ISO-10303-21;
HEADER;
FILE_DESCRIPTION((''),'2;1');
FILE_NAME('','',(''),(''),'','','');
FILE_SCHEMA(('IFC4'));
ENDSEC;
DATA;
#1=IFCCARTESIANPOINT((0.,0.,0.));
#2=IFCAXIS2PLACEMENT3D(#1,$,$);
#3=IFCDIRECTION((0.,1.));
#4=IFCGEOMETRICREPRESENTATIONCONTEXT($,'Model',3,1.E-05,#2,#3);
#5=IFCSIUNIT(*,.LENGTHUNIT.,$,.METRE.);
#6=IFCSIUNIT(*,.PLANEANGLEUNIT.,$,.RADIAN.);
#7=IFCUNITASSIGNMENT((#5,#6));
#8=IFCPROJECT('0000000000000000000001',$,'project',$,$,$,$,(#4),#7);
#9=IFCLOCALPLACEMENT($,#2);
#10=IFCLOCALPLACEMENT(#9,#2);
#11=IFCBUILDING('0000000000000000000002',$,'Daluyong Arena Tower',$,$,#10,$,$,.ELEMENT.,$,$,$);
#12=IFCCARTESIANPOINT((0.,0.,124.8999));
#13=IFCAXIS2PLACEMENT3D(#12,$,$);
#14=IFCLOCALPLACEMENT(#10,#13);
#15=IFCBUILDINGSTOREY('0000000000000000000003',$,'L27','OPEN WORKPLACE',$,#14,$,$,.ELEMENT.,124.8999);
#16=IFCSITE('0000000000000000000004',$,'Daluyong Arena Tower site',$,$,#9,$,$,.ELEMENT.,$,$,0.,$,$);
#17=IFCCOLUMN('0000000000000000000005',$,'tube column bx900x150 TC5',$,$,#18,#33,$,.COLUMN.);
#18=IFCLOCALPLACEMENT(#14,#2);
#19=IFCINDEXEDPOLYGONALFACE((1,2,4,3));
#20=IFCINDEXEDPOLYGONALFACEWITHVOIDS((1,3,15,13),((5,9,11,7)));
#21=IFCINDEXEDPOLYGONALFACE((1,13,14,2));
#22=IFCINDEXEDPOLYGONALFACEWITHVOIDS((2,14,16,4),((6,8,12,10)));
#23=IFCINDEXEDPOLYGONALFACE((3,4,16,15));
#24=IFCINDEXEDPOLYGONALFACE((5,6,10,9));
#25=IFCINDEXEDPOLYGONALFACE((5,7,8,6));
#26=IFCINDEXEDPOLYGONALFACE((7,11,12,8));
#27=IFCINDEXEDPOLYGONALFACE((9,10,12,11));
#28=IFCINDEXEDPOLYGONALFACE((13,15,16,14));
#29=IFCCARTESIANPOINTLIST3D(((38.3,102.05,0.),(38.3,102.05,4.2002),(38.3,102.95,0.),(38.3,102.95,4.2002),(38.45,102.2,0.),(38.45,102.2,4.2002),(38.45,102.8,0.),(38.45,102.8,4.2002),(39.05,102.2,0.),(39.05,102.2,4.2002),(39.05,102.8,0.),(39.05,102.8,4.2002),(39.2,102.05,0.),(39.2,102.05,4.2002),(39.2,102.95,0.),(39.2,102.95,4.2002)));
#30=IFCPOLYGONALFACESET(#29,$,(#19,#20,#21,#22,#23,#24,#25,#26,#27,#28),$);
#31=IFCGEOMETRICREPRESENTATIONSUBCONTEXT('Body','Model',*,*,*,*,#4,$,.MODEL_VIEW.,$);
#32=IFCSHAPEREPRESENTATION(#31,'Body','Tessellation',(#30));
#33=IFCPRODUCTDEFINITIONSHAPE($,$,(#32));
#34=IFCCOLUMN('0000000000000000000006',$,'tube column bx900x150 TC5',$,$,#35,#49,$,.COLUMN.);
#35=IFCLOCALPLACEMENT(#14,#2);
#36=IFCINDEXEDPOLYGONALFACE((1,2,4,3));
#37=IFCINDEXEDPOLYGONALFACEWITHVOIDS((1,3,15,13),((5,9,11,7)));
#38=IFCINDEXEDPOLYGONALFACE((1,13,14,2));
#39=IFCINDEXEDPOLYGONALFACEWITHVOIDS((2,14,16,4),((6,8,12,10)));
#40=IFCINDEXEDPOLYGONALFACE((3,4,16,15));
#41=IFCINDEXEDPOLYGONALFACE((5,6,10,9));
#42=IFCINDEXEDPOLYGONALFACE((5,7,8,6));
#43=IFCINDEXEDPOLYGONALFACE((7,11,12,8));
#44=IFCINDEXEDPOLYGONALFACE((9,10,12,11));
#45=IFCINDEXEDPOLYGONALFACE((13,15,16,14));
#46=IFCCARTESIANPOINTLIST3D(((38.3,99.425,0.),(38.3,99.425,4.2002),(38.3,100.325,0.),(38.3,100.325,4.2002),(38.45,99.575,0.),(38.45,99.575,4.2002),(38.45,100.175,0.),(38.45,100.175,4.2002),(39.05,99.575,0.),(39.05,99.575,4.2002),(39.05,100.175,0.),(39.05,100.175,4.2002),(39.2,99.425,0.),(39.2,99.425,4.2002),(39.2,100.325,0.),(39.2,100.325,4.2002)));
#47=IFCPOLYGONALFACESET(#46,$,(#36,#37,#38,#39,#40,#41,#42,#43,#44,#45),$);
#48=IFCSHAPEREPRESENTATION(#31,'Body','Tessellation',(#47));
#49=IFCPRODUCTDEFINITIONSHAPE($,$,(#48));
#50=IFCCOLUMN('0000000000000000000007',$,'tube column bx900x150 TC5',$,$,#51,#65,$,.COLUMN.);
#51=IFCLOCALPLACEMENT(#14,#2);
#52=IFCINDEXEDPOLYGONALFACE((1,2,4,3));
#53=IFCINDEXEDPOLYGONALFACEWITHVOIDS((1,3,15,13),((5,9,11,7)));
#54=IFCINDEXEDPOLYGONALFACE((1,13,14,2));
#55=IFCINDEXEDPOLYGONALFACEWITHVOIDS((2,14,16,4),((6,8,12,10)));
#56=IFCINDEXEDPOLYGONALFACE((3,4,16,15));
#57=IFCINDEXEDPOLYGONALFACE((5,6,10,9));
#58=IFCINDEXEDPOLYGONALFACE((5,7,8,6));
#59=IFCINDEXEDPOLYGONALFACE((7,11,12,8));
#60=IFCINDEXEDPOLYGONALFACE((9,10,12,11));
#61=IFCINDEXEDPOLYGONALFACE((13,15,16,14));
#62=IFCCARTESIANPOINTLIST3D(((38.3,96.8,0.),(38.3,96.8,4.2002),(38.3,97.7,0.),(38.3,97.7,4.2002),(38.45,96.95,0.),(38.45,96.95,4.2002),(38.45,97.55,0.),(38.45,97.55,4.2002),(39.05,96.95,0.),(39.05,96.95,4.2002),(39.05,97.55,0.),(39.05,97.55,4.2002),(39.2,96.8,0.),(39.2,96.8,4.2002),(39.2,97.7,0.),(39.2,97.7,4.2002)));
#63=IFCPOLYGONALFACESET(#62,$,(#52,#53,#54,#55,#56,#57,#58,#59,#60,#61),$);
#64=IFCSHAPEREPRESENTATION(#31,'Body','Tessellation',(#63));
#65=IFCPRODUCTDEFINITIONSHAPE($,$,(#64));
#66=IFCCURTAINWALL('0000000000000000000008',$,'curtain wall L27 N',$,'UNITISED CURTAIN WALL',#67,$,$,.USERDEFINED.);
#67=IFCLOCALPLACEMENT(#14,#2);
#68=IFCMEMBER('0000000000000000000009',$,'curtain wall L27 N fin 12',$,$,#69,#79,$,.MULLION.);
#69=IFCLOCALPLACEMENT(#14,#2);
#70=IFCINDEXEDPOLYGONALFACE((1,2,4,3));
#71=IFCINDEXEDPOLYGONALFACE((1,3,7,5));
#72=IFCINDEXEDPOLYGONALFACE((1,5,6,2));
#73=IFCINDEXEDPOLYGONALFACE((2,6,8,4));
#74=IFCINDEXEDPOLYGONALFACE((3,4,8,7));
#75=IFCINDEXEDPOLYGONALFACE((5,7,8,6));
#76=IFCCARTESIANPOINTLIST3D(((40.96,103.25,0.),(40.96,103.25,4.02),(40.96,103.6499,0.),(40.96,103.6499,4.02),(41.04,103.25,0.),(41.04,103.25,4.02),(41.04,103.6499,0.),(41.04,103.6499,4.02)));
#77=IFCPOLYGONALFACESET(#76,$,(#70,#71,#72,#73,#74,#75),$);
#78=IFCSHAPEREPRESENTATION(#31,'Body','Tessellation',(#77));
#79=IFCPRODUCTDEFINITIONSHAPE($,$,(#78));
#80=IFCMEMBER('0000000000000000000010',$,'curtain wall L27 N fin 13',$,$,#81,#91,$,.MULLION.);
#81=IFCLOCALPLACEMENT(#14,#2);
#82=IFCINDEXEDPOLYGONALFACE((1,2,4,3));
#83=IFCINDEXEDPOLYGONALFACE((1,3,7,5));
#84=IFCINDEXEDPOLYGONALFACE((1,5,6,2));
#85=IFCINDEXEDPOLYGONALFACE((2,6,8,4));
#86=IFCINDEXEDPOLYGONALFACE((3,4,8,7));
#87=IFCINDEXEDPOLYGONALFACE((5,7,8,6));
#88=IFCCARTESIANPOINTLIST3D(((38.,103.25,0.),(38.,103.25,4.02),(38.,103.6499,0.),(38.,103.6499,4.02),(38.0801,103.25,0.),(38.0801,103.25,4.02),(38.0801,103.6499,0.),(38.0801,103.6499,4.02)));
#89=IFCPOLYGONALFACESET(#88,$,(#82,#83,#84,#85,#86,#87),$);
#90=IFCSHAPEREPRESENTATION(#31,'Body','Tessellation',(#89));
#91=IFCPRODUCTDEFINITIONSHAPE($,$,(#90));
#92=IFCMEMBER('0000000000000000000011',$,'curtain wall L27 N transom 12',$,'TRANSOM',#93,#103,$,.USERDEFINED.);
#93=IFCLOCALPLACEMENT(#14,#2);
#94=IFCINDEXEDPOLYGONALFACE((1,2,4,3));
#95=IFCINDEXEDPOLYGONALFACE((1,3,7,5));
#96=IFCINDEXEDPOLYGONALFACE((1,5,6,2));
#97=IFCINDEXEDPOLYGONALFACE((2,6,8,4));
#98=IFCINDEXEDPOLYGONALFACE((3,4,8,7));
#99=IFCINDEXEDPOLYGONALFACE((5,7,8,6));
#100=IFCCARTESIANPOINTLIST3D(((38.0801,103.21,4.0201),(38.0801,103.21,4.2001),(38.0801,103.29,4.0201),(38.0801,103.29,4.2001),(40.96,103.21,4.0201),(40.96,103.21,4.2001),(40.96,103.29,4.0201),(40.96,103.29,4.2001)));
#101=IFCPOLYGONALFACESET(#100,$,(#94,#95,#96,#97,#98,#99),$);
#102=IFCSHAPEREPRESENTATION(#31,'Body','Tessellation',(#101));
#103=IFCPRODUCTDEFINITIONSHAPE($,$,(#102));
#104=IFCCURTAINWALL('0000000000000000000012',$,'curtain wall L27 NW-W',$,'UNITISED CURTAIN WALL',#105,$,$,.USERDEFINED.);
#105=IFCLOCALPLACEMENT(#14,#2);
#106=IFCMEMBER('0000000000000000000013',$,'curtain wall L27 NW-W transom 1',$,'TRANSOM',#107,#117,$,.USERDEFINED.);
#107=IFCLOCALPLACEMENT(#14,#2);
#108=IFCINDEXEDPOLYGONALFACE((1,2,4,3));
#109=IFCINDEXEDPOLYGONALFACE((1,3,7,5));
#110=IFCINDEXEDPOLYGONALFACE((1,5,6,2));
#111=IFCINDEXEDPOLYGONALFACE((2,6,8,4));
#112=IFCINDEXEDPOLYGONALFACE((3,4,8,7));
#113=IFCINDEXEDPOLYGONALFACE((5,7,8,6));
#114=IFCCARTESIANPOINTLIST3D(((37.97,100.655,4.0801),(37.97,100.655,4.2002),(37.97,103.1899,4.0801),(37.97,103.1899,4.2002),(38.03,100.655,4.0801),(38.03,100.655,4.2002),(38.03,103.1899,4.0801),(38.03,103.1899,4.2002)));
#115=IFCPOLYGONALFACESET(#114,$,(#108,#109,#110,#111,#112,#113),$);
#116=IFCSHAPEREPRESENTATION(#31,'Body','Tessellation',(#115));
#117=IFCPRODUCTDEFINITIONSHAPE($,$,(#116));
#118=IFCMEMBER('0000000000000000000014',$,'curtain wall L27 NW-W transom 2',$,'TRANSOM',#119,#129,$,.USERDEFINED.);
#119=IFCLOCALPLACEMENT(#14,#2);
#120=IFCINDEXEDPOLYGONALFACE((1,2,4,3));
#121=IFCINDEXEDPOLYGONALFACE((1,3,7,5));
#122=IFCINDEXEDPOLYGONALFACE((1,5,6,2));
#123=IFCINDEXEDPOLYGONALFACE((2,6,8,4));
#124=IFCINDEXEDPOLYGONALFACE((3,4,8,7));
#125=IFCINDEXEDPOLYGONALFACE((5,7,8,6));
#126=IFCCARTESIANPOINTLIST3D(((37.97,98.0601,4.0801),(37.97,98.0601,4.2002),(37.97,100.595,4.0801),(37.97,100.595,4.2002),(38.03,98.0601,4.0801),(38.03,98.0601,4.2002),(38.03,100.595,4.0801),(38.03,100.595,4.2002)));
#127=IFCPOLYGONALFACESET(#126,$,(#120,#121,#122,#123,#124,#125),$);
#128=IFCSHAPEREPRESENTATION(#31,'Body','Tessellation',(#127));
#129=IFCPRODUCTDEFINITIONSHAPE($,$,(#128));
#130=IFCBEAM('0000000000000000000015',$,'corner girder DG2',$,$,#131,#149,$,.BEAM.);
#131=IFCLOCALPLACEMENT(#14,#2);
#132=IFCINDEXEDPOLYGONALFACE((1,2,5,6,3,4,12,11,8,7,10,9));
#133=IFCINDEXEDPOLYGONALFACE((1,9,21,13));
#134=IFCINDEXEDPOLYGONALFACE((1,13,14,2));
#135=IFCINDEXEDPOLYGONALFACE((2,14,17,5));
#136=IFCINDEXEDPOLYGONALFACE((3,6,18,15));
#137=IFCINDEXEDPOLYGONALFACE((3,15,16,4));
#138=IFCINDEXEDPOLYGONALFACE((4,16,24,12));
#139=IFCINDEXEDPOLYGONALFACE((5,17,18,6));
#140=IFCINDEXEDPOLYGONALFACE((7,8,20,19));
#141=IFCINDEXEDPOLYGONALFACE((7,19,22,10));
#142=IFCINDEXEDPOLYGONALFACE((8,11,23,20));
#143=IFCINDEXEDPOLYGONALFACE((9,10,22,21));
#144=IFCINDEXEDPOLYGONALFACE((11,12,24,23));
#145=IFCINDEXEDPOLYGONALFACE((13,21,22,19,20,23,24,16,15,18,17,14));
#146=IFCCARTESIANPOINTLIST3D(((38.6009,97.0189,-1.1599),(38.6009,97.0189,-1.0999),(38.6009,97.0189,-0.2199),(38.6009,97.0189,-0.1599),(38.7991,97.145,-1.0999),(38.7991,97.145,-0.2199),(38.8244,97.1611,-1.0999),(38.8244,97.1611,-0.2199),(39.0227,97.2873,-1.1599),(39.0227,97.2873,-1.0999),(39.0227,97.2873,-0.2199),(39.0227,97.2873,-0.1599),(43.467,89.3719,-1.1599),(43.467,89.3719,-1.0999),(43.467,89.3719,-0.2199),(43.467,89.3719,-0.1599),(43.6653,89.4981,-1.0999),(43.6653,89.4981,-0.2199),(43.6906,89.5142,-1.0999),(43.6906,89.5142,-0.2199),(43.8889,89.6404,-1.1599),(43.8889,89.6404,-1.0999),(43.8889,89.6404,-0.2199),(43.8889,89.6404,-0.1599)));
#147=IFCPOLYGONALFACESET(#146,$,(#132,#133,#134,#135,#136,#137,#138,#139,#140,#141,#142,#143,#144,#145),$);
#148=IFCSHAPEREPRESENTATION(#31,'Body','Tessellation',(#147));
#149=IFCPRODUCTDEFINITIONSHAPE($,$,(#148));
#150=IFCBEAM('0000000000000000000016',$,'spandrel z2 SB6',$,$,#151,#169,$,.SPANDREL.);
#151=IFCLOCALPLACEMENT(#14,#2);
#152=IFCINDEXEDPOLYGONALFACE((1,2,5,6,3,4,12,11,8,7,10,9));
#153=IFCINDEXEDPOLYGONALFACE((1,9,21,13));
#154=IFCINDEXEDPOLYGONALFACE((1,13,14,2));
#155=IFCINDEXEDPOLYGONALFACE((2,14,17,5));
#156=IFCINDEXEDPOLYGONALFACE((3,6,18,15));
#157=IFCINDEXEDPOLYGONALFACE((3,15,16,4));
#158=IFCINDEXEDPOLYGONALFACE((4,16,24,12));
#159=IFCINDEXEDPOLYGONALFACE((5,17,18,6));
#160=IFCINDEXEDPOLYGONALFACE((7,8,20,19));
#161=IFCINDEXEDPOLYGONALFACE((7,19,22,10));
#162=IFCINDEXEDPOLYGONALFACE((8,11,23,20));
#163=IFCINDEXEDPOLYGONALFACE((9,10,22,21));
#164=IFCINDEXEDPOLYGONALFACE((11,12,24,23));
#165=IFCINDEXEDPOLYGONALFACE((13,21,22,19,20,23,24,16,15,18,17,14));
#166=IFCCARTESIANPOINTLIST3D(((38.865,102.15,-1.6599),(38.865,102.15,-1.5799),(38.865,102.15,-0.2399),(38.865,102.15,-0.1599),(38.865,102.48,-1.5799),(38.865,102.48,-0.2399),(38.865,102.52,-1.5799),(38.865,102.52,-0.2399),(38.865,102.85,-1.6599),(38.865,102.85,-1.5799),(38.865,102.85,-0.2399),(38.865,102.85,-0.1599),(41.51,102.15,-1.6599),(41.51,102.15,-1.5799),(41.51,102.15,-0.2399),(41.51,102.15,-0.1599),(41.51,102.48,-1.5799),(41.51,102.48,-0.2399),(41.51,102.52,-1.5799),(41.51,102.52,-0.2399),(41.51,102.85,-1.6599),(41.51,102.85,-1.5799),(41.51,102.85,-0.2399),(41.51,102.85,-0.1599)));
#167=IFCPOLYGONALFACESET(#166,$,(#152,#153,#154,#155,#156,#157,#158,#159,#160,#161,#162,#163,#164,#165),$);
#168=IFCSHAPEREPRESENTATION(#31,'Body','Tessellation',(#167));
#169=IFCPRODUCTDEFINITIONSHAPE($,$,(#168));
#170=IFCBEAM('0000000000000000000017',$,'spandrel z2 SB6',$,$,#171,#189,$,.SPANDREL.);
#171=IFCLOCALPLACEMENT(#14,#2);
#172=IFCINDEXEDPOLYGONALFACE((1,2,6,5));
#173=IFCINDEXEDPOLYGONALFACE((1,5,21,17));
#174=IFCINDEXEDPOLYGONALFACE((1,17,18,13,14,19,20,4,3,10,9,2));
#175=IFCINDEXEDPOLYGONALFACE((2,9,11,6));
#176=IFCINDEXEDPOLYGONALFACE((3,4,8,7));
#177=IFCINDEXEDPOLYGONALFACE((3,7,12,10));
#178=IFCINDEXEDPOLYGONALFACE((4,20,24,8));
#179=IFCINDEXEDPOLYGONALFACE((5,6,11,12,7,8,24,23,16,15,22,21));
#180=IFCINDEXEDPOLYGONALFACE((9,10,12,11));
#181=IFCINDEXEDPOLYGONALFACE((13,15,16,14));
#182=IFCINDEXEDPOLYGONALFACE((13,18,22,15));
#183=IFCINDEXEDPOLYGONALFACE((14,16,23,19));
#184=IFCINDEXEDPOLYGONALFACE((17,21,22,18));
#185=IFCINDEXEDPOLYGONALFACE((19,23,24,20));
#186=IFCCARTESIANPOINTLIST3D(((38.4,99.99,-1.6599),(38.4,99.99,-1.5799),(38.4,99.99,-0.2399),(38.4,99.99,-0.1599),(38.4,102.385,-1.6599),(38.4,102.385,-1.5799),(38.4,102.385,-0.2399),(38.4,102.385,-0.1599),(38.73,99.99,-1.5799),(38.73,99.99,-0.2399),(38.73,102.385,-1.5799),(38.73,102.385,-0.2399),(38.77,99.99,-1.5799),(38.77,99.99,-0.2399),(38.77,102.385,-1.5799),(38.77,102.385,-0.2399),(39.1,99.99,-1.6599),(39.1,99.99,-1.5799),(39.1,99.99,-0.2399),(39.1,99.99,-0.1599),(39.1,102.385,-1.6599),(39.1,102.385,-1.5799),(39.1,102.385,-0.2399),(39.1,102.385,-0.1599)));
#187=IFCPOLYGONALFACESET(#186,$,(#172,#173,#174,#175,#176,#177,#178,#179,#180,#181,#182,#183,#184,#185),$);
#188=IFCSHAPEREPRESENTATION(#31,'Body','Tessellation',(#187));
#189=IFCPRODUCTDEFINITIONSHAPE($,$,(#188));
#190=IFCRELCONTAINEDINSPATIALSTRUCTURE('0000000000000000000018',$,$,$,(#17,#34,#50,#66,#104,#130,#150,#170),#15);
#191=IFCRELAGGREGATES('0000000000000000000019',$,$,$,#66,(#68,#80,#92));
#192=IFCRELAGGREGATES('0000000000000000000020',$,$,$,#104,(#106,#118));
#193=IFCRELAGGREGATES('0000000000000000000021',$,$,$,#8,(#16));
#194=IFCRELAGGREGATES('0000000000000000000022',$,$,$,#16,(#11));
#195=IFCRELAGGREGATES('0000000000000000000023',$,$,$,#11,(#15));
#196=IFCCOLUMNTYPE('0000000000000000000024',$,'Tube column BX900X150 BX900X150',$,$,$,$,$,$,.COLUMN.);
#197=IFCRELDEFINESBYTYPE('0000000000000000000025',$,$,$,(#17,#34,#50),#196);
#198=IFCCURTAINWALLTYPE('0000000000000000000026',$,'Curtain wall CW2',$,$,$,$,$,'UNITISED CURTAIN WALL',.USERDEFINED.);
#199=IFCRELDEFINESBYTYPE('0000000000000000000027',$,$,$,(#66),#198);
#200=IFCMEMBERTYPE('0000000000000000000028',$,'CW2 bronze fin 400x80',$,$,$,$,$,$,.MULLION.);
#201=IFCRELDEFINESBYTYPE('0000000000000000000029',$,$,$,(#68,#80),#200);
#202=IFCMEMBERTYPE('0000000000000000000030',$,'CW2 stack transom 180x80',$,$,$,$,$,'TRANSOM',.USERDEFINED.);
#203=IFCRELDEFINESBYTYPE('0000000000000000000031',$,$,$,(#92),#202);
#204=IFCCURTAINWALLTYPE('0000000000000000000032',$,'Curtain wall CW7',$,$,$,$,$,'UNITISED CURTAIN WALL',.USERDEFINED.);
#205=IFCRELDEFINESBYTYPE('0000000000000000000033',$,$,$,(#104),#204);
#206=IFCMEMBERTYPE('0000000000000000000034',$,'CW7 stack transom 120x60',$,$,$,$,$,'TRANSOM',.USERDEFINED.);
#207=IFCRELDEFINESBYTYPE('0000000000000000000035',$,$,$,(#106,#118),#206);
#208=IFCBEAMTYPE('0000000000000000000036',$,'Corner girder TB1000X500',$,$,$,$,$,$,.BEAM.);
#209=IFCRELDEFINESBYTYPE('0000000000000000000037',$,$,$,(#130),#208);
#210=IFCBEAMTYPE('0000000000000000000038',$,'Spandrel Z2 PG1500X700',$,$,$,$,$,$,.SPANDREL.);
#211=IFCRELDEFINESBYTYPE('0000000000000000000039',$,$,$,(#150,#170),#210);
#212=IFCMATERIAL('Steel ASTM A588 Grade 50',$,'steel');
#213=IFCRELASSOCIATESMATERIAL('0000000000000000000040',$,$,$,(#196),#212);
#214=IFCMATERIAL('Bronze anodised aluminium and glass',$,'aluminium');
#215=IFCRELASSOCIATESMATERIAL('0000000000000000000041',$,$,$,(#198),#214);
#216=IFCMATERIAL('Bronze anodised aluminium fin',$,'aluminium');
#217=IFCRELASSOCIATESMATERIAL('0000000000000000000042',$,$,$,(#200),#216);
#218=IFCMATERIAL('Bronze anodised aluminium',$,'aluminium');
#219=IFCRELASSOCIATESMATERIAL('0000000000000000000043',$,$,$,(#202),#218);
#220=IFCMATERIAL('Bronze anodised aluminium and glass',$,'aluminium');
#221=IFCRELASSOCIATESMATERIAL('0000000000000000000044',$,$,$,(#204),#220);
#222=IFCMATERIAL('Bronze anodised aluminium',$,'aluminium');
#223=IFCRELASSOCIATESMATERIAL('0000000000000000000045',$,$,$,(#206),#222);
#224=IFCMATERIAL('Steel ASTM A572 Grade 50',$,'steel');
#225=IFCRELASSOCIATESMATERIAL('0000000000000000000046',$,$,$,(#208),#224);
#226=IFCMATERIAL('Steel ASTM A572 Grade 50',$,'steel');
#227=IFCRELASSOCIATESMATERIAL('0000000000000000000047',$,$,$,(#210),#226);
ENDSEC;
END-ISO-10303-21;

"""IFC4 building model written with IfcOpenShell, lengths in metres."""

from ifc_helpers import new_model, si_unit, direction, frame, origin, origin_2d, place, context, subcontext, project, spatial, rectangle, hollow_rectangle, i_section, extrude, material, material_profile, profile_set, type_object, element, aggregate, save


model = new_model("IFC4")

# Units and contexts
model_context = context("Model", 3, precision=1e-05, world=origin(), true_north=direction((0.0, 1.0)))
body_context = subcontext(model_context, "Body", "Model", "MODEL_VIEW")
ifc_project = project(units=[si_unit("LENGTHUNIT", "METRE"), si_unit("PLANEANGLEUNIT", "RADIAN")], contexts=[model_context])

# Site, building, storey
site_placement = place(None, origin())
site = spatial("IfcSite", under=ifc_project, at=site_placement, Name="Daluyong Arena Tower site", CompositionType="ELEMENT", RefElevation=0.0)
building_placement = place(site_placement, origin())
building = spatial("IfcBuilding", under=site, at=building_placement, Name="Daluyong Arena Tower", CompositionType="ELEMENT")
storey_placement = place(building_placement, frame((0.0, 0.0, 124.8999)))
storey = spatial("IfcBuildingStorey", under=building, at=storey_placement, Name="L27", Description="OPEN WORKPLACE", CompositionType="ELEMENT", Elevation=124.8999)

# Columns
ifc_material_1 = material(Name="Steel ASTM A588 Grade 50", Category="steel")
ifc_material_profile_1 = material_profile(ifc_material_1, hollow_rectangle(XDim=0.8999, YDim=0.8999, WallThickness=0.15, at=origin_2d()))
ifc_profile_set_1 = profile_set([ifc_material_profile_1], Name="Steel ASTM A588 Grade 50")
column_type = type_object("IfcColumnType", Name="Tube column BX900X150 BX900X150", PredefinedType="COLUMN", material=ifc_profile_set_1)
for number, where, z_axis, x_axis, name in (
    (1, (38.75, 102.5, 0.0), (0.0, 0.0, 1.0), (0.0, 1.0, 0.0), "tube column bx900x150 TC5"),
    (2, (38.75, 99.875, 0.0), (0.0, 0.0, 1.0), (0.0, 1.0, 0.0), "tube column bx900x150 TC5"),
    (3, (38.75, 97.25, 0.0), (0.0, 0.0, 1.0), (1.0, 0.0, 0.0), "tube column bx900x150 TC5"),
):
    element("IfcColumn", number, at=place(storey_placement, frame(where, z_axis=z_axis, x_axis=x_axis)), inside=storey, type_object=column_type, Name=name, PredefinedType="COLUMN", context=body_context, shape_type="SweptSolid", body=[
        extrude(hollow_rectangle(XDim=0.8999, YDim=0.8999, WallThickness=0.15, at=origin_2d()), origin(), (0.0, 0.0, 1.0), 4.2002),
    ])

# Curtain walls, members
ifc_material_2 = material(Name="Bronze anodised aluminium and glass", Category="aluminium")
curtain_wall_type_1 = type_object("IfcCurtainWallType", Name="Curtain wall CW2", ElementType="UNITISED CURTAIN WALL", PredefinedType="USERDEFINED", material=ifc_material_2)
curtain_wall_1_placement = place(storey_placement, origin())
curtain_wall_1 = element("IfcCurtainWall", 4, at=curtain_wall_1_placement, inside=storey, type_object=curtain_wall_type_1, Name="curtain wall L27 N", ObjectType="UNITISED CURTAIN WALL", PredefinedType="USERDEFINED")
ifc_material_3 = material(Name="Bronze anodised aluminium fin", Category="aluminium")
ifc_material_profile_2 = material_profile(ifc_material_3, rectangle(XDim=0.3999, YDim=0.0801, at=origin_2d()))
ifc_profile_set_2 = profile_set([ifc_material_profile_2], Name="Bronze anodised aluminium fin")
member_type_1 = type_object("IfcMemberType", Name="CW2 bronze fin 400x80", PredefinedType="MULLION", material=ifc_profile_set_2)
member_1_placement = place(storey_placement, frame((41.0, 103.45, 0.0), z_axis=(0.0, 0.0, 1.0), x_axis=(0.0, -1.0, 0.0)))
member_1 = element("IfcMember", 5, at=member_1_placement, type_object=member_type_1, Name="curtain wall L27 N fin 12", PredefinedType="MULLION", context=body_context, shape_type="SweptSolid", body=[
    extrude(rectangle(XDim=0.3999, YDim=0.0801, at=origin_2d()), origin(), (0.0, 0.0, 1.0), 4.02),
])
member_2_placement = place(storey_placement, frame((38.04, 103.45, 0.0), z_axis=(0.0, 0.0, 1.0), x_axis=(0.0, -1.0, 0.0)))
member_2 = element("IfcMember", 6, at=member_2_placement, type_object=member_type_1, Name="curtain wall L27 N fin 13", PredefinedType="MULLION", context=body_context, shape_type="SweptSolid", body=[
    extrude(rectangle(XDim=0.3999, YDim=0.0801, at=origin_2d()), origin(), (0.0, 0.0, 1.0), 4.02),
])
ifc_material_4 = material(Name="Bronze anodised aluminium", Category="aluminium")
ifc_material_profile_3 = material_profile(ifc_material_4, rectangle(XDim=0.0801, YDim=0.1799, at=origin_2d()))
ifc_profile_set_3 = profile_set([ifc_material_profile_3], Name="Bronze anodised aluminium")
member_type_2 = type_object("IfcMemberType", Name="CW2 stack transom 180x80", ElementType="TRANSOM", PredefinedType="USERDEFINED", material=ifc_profile_set_3)
member_3_placement = place(storey_placement, frame((40.96, 103.25, 4.1101), z_axis=(-1.0, 0.0, 0.0), x_axis=(0.0, -1.0, 0.0)))
member_3 = element("IfcMember", 7, at=member_3_placement, type_object=member_type_2, Name="curtain wall L27 N transom 12", ObjectType="TRANSOM", PredefinedType="USERDEFINED", context=body_context, shape_type="SweptSolid", body=[
    extrude(rectangle(XDim=0.0801, YDim=0.1799, at=origin_2d()), origin(), (0.0, 0.0, 1.0), 2.8799),
])
ifc_material_5 = material(Name="Bronze anodised aluminium and glass", Category="aluminium")
curtain_wall_type_2 = type_object("IfcCurtainWallType", Name="Curtain wall CW7", ElementType="UNITISED CURTAIN WALL", PredefinedType="USERDEFINED", material=ifc_material_5)
curtain_wall_2_placement = place(storey_placement, origin())
curtain_wall_2 = element("IfcCurtainWall", 8, at=curtain_wall_2_placement, inside=storey, type_object=curtain_wall_type_2, Name="curtain wall L27 NW-W", ObjectType="UNITISED CURTAIN WALL", PredefinedType="USERDEFINED")
ifc_material_6 = material(Name="Bronze anodised aluminium", Category="aluminium")
ifc_material_profile_4 = material_profile(ifc_material_6, rectangle(XDim=0.0601, YDim=0.1201, at=origin_2d()))
ifc_profile_set_4 = profile_set([ifc_material_profile_4], Name="Bronze anodised aluminium")
member_type_3 = type_object("IfcMemberType", Name="CW7 stack transom 120x60", ElementType="TRANSOM", PredefinedType="USERDEFINED", material=ifc_profile_set_4)
member_4_placement = place(storey_placement, frame((38.0, 103.1899, 4.1401), z_axis=(0.0, -1.0, 0.0), x_axis=(1.0, 0.0, 0.0)))
member_4 = element("IfcMember", 9, at=member_4_placement, type_object=member_type_3, Name="curtain wall L27 NW-W transom 1", ObjectType="TRANSOM", PredefinedType="USERDEFINED", context=body_context, shape_type="SweptSolid", body=[
    extrude(rectangle(XDim=0.0601, YDim=0.1201, at=origin_2d()), origin(), (0.0, 0.0, 1.0), 2.5349),
])
member_5_placement = place(storey_placement, frame((38.0, 100.595, 4.1401), z_axis=(0.0, -1.0, 0.0), x_axis=(1.0, 0.0, 0.0)))
member_5 = element("IfcMember", 10, at=member_5_placement, type_object=member_type_3, Name="curtain wall L27 NW-W transom 2", ObjectType="TRANSOM", PredefinedType="USERDEFINED", context=body_context, shape_type="SweptSolid", body=[
    extrude(rectangle(XDim=0.0601, YDim=0.1201, at=origin_2d()), origin(), (0.0, 0.0, 1.0), 2.5349),
])

# Beams
ifc_material_7 = material(Name="Steel ASTM A572 Grade 50", Category="steel")
ifc_material_profile_5 = material_profile(ifc_material_7, i_section(OverallWidth=0.5, OverallDepth=1.0, WebThickness=0.03, FlangeThickness=0.06, at=origin_2d()))
ifc_profile_set_5 = profile_set([ifc_material_profile_5], Name="Steel ASTM A572 Grade 50")
beam_type_1 = type_object("IfcBeamType", Name="Corner girder TB1000X500", PredefinedType="BEAM", material=ifc_profile_set_5)
beam_1_placement = place(storey_placement, frame((38.8118, 97.1531, -0.6599), z_axis=(0.536872, -0.843664, 0.0), x_axis=(0.843664, 0.536872, 0.0)))
element("IfcBeam", 11, at=beam_1_placement, inside=storey, type_object=beam_type_1, Name="corner girder DG2", PredefinedType="BEAM", context=body_context, shape_type="SweptSolid", body=[
    extrude(i_section(OverallWidth=0.5, OverallDepth=1.0, WebThickness=0.03, FlangeThickness=0.06, at=origin_2d()), origin(), (0.0, 0.0, 1.0), 9.064),
])
ifc_material_8 = material(Name="Steel ASTM A572 Grade 50", Category="steel")
ifc_material_profile_6 = material_profile(ifc_material_8, i_section(OverallWidth=0.7, OverallDepth=1.5, WebThickness=0.04, FlangeThickness=0.08, at=origin_2d()))
ifc_profile_set_6 = profile_set([ifc_material_profile_6], Name="Steel ASTM A572 Grade 50")
beam_type_2 = type_object("IfcBeamType", Name="Spandrel Z2 PG1500X700", PredefinedType="SPANDREL", material=ifc_profile_set_6)
beam_2_placement = place(storey_placement, frame((41.51, 102.5, -0.9099), z_axis=(-1.0, 0.0, 0.0), x_axis=(0.0, -1.0, 0.0)))
element("IfcBeam", 12, at=beam_2_placement, inside=storey, type_object=beam_type_2, Name="spandrel z2 SB6", PredefinedType="SPANDREL", context=body_context, shape_type="SweptSolid", body=[
    extrude(i_section(OverallWidth=0.7, OverallDepth=1.5, WebThickness=0.04, FlangeThickness=0.08, at=origin_2d()), origin(), (0.0, 0.0, 1.0), 2.645),
])
for number, where, z_axis, x_axis, name in (
    (13, (38.75, 102.385, -0.9099), (0.0, -1.0, 0.0), (1.0, 0.0, 0.0), "spandrel z2 SB6"),
):
    element("IfcBeam", number, at=place(storey_placement, frame(where, z_axis=z_axis, x_axis=x_axis)), inside=storey, type_object=beam_type_2, Name=name, PredefinedType="SPANDREL", context=body_context, shape_type="SweptSolid", body=[
        extrude(i_section(OverallWidth=0.7, OverallDepth=1.5, WebThickness=0.04, FlangeThickness=0.08, at=origin_2d()), origin(), (0.0, 0.0, 1.0), 2.395),
    ])

aggregate(curtain_wall_1, [member_1, member_2, member_3])
aggregate(curtain_wall_2, [member_4, member_5])

save(model, "model.ifc")
